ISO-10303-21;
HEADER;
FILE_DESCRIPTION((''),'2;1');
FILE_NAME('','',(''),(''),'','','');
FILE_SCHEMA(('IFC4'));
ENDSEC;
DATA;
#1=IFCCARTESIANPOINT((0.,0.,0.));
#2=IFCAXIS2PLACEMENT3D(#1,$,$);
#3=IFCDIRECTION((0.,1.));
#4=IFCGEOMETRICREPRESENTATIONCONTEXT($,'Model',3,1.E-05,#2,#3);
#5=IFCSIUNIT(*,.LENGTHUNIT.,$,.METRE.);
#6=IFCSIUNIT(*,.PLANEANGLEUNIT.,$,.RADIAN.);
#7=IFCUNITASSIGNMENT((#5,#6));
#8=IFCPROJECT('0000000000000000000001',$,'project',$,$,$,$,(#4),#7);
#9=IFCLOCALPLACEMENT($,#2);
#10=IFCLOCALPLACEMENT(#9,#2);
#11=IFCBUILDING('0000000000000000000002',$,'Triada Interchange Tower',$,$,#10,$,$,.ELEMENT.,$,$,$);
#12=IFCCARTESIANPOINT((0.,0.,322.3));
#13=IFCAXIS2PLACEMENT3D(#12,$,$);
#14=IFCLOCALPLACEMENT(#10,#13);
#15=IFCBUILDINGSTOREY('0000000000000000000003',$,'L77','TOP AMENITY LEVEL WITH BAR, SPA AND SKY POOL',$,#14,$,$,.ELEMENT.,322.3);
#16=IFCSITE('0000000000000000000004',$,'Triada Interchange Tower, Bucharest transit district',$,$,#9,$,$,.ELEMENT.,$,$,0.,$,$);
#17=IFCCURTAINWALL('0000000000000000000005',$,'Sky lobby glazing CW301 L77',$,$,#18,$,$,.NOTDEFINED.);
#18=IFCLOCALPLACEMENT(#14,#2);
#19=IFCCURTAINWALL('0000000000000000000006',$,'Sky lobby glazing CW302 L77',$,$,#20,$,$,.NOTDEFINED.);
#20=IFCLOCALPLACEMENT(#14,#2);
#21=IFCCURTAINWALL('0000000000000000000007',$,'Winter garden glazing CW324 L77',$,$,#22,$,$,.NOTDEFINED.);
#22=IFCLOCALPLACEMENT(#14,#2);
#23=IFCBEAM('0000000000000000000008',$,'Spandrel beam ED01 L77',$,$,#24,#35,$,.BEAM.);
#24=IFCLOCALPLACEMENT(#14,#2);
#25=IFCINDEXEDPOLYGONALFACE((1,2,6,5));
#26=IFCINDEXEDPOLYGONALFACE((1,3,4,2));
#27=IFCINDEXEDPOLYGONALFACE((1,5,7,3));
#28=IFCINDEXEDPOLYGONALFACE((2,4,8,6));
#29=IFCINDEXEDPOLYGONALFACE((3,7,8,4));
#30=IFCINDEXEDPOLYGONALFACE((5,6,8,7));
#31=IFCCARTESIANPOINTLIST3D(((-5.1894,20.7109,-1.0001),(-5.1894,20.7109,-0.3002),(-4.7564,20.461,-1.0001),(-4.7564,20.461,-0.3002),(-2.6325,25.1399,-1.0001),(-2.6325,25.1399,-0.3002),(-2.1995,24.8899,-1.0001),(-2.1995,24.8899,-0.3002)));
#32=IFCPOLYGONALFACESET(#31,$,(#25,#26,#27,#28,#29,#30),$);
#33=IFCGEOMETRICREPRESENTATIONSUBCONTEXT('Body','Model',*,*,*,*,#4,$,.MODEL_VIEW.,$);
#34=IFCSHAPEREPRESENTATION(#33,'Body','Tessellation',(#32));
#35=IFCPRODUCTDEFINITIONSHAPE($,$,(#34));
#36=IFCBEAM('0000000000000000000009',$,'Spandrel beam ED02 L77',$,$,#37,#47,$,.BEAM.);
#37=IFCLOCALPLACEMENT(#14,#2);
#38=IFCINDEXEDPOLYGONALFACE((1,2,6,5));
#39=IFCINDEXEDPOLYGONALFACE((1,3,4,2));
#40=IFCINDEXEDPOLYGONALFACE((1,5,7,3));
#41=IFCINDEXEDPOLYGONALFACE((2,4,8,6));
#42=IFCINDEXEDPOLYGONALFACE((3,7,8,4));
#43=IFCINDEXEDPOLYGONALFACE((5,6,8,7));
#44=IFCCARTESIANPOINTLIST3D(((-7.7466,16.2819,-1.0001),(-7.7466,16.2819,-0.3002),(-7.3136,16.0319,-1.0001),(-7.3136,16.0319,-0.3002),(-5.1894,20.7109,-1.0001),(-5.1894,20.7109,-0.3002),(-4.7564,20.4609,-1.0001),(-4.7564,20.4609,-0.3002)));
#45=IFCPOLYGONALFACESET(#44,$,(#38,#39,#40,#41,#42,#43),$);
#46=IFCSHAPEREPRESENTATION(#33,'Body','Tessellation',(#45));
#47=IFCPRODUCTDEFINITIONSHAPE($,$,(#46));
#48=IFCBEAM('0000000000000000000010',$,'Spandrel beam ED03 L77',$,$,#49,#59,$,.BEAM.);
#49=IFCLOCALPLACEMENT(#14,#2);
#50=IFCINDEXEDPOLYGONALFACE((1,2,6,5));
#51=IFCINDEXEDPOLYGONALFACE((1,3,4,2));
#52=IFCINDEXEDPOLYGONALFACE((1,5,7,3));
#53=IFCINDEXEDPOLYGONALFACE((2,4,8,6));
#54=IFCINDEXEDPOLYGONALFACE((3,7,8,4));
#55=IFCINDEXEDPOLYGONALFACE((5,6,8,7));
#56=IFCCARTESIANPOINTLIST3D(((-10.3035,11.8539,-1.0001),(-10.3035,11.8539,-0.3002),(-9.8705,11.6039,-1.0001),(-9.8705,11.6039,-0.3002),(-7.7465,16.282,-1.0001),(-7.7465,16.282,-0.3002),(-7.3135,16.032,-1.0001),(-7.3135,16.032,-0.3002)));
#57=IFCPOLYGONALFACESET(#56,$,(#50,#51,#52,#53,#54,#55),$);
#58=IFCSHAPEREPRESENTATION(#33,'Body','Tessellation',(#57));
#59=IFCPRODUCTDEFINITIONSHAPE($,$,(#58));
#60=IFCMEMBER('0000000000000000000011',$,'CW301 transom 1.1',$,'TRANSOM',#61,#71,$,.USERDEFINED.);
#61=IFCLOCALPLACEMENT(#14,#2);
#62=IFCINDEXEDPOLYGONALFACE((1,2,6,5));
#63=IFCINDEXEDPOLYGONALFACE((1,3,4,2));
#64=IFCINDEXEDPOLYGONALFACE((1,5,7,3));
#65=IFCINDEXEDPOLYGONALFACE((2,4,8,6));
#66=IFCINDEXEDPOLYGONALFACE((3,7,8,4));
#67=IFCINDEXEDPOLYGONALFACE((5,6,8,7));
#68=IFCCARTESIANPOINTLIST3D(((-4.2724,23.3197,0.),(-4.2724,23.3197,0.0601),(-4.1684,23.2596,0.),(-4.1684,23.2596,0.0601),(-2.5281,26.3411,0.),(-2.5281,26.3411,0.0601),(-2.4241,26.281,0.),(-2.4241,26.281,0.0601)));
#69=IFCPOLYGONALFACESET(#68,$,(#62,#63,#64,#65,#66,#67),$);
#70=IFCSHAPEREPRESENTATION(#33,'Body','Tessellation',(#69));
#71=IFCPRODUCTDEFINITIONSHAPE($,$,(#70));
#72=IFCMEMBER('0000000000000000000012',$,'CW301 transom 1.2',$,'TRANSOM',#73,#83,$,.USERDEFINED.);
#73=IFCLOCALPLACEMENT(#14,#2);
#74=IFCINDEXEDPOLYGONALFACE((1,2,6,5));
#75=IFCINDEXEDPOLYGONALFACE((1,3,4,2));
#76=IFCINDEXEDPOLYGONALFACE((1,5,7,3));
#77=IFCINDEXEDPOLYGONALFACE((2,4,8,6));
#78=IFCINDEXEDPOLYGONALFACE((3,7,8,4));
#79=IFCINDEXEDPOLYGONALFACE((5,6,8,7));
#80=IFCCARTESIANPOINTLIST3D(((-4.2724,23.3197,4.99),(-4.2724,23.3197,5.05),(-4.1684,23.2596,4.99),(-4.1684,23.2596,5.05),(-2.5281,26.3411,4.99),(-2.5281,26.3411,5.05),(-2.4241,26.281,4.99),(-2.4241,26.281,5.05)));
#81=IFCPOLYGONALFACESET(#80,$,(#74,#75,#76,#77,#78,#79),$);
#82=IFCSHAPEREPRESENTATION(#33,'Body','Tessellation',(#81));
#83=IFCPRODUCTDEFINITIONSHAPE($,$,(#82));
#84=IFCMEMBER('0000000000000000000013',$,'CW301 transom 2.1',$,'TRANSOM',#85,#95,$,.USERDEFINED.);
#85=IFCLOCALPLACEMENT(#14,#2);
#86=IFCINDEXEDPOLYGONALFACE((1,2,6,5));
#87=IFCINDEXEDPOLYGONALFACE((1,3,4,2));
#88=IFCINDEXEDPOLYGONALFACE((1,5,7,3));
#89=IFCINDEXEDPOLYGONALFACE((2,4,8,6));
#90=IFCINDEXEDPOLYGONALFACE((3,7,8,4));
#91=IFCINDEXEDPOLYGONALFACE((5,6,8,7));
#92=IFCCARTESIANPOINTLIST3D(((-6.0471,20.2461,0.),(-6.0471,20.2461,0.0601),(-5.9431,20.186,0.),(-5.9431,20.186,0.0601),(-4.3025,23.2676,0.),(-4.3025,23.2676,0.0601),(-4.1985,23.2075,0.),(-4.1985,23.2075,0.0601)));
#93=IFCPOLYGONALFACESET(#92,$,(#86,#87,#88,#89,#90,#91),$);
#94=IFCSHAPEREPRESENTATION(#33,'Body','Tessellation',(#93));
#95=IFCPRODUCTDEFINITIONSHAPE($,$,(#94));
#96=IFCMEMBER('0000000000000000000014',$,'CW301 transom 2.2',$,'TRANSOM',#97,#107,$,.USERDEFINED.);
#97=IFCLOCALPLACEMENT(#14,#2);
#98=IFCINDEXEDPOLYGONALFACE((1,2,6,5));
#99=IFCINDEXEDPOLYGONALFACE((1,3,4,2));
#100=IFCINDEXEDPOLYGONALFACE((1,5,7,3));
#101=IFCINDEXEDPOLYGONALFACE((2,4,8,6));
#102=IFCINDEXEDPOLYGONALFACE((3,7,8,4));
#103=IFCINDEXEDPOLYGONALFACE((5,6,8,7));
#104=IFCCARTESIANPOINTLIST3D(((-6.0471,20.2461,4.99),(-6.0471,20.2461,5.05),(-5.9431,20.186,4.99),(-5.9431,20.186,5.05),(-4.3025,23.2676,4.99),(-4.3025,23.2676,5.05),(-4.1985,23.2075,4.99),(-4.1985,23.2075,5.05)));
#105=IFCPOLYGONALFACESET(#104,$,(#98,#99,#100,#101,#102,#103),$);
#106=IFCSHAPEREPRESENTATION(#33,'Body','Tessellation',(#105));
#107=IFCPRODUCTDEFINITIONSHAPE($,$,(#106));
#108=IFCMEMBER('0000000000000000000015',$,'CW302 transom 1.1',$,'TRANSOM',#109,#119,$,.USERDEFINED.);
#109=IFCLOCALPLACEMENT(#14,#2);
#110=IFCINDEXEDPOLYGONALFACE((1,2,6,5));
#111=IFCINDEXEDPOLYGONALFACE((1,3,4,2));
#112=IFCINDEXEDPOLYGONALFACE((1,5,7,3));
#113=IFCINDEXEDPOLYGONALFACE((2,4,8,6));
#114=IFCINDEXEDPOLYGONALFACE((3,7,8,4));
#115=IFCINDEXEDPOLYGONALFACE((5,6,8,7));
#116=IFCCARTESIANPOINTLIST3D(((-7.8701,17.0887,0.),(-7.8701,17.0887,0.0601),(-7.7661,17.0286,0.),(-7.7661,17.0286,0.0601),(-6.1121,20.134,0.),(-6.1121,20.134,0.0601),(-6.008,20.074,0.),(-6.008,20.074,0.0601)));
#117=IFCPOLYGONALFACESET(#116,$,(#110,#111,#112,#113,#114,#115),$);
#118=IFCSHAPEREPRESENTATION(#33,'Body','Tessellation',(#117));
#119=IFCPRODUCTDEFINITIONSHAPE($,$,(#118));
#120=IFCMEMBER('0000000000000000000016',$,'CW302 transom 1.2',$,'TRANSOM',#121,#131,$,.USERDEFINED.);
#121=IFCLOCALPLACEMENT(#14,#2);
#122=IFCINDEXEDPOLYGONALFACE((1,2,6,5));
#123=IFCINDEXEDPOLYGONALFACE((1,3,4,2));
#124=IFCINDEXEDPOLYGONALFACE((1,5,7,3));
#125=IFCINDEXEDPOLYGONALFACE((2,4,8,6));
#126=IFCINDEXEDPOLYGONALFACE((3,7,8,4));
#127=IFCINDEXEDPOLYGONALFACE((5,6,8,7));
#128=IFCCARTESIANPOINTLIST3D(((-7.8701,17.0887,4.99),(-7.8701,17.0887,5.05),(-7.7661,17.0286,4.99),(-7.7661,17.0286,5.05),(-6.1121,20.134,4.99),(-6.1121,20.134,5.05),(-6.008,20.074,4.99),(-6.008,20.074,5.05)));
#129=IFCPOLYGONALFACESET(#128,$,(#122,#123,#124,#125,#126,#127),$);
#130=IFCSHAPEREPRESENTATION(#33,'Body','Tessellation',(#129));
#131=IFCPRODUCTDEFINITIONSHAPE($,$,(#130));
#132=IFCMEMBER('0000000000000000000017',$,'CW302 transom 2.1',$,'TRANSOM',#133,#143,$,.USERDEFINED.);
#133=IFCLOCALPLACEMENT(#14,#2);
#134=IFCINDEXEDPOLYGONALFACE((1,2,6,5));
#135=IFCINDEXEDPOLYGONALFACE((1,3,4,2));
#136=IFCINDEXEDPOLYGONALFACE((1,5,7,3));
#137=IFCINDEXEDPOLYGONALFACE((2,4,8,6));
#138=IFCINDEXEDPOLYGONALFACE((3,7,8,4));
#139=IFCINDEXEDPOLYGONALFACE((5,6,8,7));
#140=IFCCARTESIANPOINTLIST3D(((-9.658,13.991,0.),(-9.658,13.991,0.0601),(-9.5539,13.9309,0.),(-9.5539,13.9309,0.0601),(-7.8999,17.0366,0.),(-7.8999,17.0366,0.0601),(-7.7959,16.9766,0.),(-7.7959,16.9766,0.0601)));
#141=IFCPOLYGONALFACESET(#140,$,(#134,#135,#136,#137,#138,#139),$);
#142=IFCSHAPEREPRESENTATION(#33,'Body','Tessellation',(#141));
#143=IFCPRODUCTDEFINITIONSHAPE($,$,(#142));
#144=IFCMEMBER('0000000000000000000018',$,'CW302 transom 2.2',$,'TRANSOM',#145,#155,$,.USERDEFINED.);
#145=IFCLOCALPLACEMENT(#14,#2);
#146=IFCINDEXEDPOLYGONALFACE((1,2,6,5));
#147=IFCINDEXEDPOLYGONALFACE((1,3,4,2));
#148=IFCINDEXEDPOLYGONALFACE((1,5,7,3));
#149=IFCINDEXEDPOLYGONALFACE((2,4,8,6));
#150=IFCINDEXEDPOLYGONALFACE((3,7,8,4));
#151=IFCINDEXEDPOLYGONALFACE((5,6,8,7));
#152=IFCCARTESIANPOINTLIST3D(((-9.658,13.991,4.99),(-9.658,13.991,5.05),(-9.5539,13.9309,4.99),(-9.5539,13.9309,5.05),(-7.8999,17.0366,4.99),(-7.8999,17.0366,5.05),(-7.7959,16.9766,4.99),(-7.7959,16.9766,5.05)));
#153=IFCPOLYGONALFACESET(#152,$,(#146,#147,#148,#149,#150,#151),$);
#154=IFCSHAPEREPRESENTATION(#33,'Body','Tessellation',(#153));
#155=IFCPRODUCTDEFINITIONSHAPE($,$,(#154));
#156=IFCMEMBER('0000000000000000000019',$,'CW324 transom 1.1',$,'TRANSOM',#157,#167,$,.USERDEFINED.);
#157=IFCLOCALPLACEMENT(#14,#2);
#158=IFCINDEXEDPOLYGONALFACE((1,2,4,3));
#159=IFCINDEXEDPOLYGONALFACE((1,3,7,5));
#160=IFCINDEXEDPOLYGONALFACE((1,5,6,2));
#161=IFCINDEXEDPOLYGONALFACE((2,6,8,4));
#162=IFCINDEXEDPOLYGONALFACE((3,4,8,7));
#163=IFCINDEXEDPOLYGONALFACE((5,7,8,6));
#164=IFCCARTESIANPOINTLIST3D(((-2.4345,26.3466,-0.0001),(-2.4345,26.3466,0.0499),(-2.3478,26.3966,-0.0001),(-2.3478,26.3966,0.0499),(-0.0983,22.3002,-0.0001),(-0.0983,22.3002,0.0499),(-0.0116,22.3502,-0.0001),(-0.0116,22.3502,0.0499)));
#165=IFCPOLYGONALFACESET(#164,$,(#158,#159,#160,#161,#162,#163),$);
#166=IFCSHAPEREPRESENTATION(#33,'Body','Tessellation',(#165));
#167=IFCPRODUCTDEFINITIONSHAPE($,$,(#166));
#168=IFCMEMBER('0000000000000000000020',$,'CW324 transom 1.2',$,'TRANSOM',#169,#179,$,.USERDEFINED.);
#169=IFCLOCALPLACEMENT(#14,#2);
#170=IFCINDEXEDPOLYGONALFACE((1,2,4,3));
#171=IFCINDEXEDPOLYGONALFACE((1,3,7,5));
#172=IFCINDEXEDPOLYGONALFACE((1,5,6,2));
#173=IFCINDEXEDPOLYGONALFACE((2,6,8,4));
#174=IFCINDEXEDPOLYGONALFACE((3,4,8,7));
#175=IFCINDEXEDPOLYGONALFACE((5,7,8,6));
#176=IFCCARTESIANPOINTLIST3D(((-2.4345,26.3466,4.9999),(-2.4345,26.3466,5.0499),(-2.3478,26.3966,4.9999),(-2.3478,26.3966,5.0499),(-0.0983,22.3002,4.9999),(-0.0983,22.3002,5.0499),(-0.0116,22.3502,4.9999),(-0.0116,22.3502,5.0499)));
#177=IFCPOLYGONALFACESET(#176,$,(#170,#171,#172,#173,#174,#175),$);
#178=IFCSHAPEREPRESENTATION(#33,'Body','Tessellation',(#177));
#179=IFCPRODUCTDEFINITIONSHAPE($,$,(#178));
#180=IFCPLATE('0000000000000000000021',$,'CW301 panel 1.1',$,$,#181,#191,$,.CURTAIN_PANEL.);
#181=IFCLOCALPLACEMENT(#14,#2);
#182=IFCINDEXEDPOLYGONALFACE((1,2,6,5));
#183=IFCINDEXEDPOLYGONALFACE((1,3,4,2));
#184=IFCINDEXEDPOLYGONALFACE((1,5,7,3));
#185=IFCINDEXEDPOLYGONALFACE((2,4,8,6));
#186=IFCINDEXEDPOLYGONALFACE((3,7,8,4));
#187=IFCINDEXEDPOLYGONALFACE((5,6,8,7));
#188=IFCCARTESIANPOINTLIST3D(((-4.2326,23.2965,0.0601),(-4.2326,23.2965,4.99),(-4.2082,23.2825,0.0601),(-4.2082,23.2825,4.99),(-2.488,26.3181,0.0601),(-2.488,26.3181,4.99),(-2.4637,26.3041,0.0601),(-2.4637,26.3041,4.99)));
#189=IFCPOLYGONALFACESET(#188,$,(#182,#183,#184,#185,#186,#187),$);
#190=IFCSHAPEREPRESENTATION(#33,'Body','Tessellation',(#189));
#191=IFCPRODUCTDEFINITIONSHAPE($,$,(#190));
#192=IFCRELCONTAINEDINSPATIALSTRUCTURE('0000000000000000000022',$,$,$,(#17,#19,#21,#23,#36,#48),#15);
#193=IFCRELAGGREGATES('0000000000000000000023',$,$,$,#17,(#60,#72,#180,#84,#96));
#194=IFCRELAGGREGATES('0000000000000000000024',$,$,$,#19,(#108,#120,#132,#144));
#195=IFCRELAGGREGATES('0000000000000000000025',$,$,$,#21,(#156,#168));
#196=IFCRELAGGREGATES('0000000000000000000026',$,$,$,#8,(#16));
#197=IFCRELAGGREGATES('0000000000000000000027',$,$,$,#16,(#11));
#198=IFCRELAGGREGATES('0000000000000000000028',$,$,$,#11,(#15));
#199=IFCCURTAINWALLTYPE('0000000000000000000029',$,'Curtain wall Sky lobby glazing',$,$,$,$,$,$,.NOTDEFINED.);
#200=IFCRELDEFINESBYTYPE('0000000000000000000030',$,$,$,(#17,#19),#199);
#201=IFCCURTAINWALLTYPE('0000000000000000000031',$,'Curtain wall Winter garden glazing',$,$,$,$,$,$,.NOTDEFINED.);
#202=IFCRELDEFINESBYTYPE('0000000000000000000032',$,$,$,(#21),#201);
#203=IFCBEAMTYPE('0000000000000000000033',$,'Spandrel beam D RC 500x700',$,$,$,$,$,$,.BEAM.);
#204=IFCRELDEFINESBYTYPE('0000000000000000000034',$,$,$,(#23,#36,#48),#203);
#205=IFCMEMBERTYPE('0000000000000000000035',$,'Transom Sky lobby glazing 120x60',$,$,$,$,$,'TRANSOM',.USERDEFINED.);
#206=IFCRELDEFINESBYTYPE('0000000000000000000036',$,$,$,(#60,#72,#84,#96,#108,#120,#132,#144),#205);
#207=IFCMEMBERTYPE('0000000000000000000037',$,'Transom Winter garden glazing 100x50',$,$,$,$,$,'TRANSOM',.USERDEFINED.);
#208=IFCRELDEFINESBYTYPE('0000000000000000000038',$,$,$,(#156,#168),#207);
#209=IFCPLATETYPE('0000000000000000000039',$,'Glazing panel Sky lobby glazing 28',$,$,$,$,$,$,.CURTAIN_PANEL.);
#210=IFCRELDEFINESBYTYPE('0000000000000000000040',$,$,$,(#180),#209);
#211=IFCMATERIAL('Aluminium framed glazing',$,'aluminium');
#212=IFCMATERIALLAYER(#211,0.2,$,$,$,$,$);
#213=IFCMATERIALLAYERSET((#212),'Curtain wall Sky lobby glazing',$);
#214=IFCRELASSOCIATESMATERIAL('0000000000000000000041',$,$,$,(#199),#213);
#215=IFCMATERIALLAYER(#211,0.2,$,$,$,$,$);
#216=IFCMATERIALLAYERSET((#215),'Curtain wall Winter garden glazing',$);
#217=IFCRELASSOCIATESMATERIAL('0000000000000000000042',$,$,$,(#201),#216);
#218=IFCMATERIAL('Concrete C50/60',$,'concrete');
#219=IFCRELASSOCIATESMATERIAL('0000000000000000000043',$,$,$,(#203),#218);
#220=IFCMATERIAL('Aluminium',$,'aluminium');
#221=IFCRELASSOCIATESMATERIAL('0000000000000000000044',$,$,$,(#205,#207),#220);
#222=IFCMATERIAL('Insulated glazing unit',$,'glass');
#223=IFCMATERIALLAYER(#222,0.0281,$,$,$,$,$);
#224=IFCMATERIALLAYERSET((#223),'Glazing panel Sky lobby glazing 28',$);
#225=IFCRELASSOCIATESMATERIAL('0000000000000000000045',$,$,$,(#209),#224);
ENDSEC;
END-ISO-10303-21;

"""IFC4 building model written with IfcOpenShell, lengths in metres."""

from ifc_helpers import new_model, si_unit, direction, frame, origin, origin_2d, place, context, subcontext, project, spatial, rectangle, extrude, material, layer, layer_set, material_profile, profile_set, type_object, element, aggregate, save


model = new_model("IFC4")

# Units and contexts
model_context = context("Model", 3, precision=1e-05, world=origin(), true_north=direction((0.0, 1.0)))
body_context = subcontext(model_context, "Body", "Model", "MODEL_VIEW")
ifc_project = project(units=[si_unit("LENGTHUNIT", "METRE"), si_unit("PLANEANGLEUNIT", "RADIAN")], contexts=[model_context])

# Site, building, storey
site_placement = place(None, origin())
site = spatial("IfcSite", under=ifc_project, at=site_placement, Name="Triada Interchange Tower, Bucharest transit district", CompositionType="ELEMENT", RefElevation=0.0)
building_placement = place(site_placement, origin())
building = spatial("IfcBuilding", under=site, at=building_placement, Name="Triada Interchange Tower", CompositionType="ELEMENT")
storey_placement = place(building_placement, frame((0.0, 0.0, 322.3)))
storey = spatial("IfcBuildingStorey", under=building, at=storey_placement, Name="L77", Description="TOP AMENITY LEVEL WITH BAR, SPA AND SKY POOL", CompositionType="ELEMENT", Elevation=322.3)

# Curtain walls
ifc_material_1 = material(Name="Aluminium framed glazing", Category="aluminium")
ifc_layer_1 = layer(ifc_material_1, 0.2)
ifc_layer_set_1 = layer_set([ifc_layer_1], Name="Curtain wall Sky lobby glazing")
curtain_wall_type_1 = type_object("IfcCurtainWallType", Name="Curtain wall Sky lobby glazing", PredefinedType="NOTDEFINED", material=ifc_layer_set_1)
curtain_wall_1_placement = place(storey_placement, origin())
curtain_wall_1 = element("IfcCurtainWall", 1, at=curtain_wall_1_placement, inside=storey, type_object=curtain_wall_type_1, Name="Sky lobby glazing CW301 L77", PredefinedType="NOTDEFINED")
ifc_material_2 = material(Name="Aluminium", Category="aluminium")
curtain_wall_2_placement = place(storey_placement, origin())
curtain_wall_2 = element("IfcCurtainWall", 2, at=curtain_wall_2_placement, inside=storey, type_object=curtain_wall_type_1, Name="Sky lobby glazing CW302 L77", PredefinedType="NOTDEFINED")
ifc_layer_2 = layer(ifc_material_1, 0.2)
ifc_layer_set_2 = layer_set([ifc_layer_2], Name="Curtain wall Winter garden glazing")
curtain_wall_type_2 = type_object("IfcCurtainWallType", Name="Curtain wall Winter garden glazing", PredefinedType="NOTDEFINED", material=ifc_layer_set_2)
curtain_wall_3_placement = place(storey_placement, origin())
curtain_wall_3 = element("IfcCurtainWall", 3, at=curtain_wall_3_placement, inside=storey, type_object=curtain_wall_type_2, Name="Winter garden glazing CW324 L77", PredefinedType="NOTDEFINED")

# Beams
ifc_material_3 = material(Name="Concrete C50/60", Category="concrete")
ifc_material_profile_1 = material_profile(ifc_material_3, rectangle(XDim=0.5, YDim=0.7, at=origin_2d()), Name="RC 500x700")
ifc_profile_set_1 = profile_set([ifc_material_profile_1], Name="Concrete C50/60")
beam_type_1 = type_object("IfcBeamType", Name="Spandrel beam D RC 500x700", PredefinedType="BEAM", material=ifc_profile_set_1)
beam_1_placement = place(storey_placement, frame((-2.416, 25.0149, -0.6501), z_axis=(-0.499975, -0.86604, 0.0), x_axis=(0.86604, -0.499975, 0.0)))
element("IfcBeam", 4, at=beam_1_placement, inside=storey, type_object=beam_type_1, Name="Spandrel beam ED01 L77", PredefinedType="BEAM", context=body_context, shape_type="SweptSolid", body=[
    extrude(rectangle(XDim=0.5, YDim=0.7, at=origin_2d()), origin(), (0.0, 0.0, 1.0), 5.114),
])
beam_2_placement = place(storey_placement, frame((-4.9729, 20.5859, -0.6501), z_axis=(-0.50001, -0.866019, 0.0), x_axis=(0.866019, -0.50001, 0.0)))
element("IfcBeam", 5, at=beam_2_placement, inside=storey, type_object=beam_type_1, Name="Spandrel beam ED02 L77", PredefinedType="BEAM", context=body_context, shape_type="SweptSolid", body=[
    extrude(rectangle(XDim=0.5, YDim=0.7, at=origin_2d()), origin(), (0.0, 0.0, 1.0), 5.1143),
])
beam_3_placement = place(storey_placement, frame((-7.53, 16.157, -0.6501), z_axis=(-0.500057, -0.865992, 0.0), x_axis=(0.865992, -0.500057, 0.0)))
element("IfcBeam", 6, at=beam_3_placement, inside=storey, type_object=beam_type_1, Name="Spandrel beam ED03 L77", PredefinedType="BEAM", context=body_context, shape_type="SweptSolid", body=[
    extrude(rectangle(XDim=0.5, YDim=0.7, at=origin_2d()), origin(), (0.0, 0.0, 1.0), 5.1133),
])

# Members
ifc_material_profile_2 = material_profile(ifc_material_2, rectangle(XDim=0.1201, YDim=0.0601, at=origin_2d()), Name="Aluminium transom")
ifc_profile_set_2 = profile_set([ifc_material_profile_2], Name="Aluminium")
member_type_1 = type_object("IfcMemberType", Name="Transom Sky lobby glazing 120x60", ElementType="TRANSOM", PredefinedType="USERDEFINED", material=ifc_profile_set_2)
member_1_placement = place(storey_placement, frame((-2.4761, 26.311, 0.03), z_axis=(-0.499985, -0.866034, 0.0), x_axis=(0.866034, -0.499985, 0.0)))
member_1 = element("IfcMember", 7, at=member_1_placement, type_object=member_type_1, Name="CW301 transom 1.1", ObjectType="TRANSOM", PredefinedType="USERDEFINED", context=body_context, shape_type="SweptSolid", body=[
    extrude(rectangle(XDim=0.1201, YDim=0.0601, at=origin_2d()), origin(), (0.0, 0.0, 1.0), 3.4888),
])
member_2_placement = place(storey_placement, frame((-2.4761, 26.311, 5.02), z_axis=(-0.499985, -0.866034, 0.0), x_axis=(0.866034, -0.499985, 0.0)))
member_2 = element("IfcMember", 8, at=member_2_placement, type_object=member_type_1, Name="CW301 transom 1.2", ObjectType="TRANSOM", PredefinedType="USERDEFINED", context=body_context, shape_type="SweptSolid", body=[
    extrude(rectangle(XDim=0.1201, YDim=0.0601, at=origin_2d()), origin(), (0.0, 0.0, 1.0), 3.4888),
])
member_3_placement = place(storey_placement, frame((-4.2505, 23.2375, 0.03), z_axis=(-0.500037, -0.866004, 0.0), x_axis=(0.866004, -0.500037, 0.0)))
member_3 = element("IfcMember", 9, at=member_3_placement, type_object=member_type_1, Name="CW301 transom 2.1", ObjectType="TRANSOM", PredefinedType="USERDEFINED", context=body_context, shape_type="SweptSolid", body=[
    extrude(rectangle(XDim=0.1201, YDim=0.0601, at=origin_2d()), origin(), (0.0, 0.0, 1.0), 3.489),
])
member_4_placement = place(storey_placement, frame((-4.2505, 23.2375, 5.02), z_axis=(-0.500037, -0.866004, 0.0), x_axis=(0.866004, -0.500037, 0.0)))
member_4 = element("IfcMember", 10, at=member_4_placement, type_object=member_type_1, Name="CW301 transom 2.2", ObjectType="TRANSOM", PredefinedType="USERDEFINED", context=body_context, shape_type="SweptSolid", body=[
    extrude(rectangle(XDim=0.1201, YDim=0.0601, at=origin_2d()), origin(), (0.0, 0.0, 1.0), 3.489),
])
member_5_placement = place(storey_placement, frame((-6.0601, 20.104, 0.03), z_axis=(-0.499955, -0.866051, 0.0), x_axis=(0.866051, -0.499955, 0.0)))
member_5 = element("IfcMember", 11, at=member_5_placement, type_object=member_type_1, Name="CW302 transom 1.1", ObjectType="TRANSOM", PredefinedType="USERDEFINED", context=body_context, shape_type="SweptSolid", body=[
    extrude(rectangle(XDim=0.1201, YDim=0.0601, at=origin_2d()), origin(), (0.0, 0.0, 1.0), 3.5164),
])
member_6_placement = place(storey_placement, frame((-6.0601, 20.104, 5.02), z_axis=(-0.499955, -0.866051, 0.0), x_axis=(0.866051, -0.499955, 0.0)))
member_6 = element("IfcMember", 12, at=member_6_placement, type_object=member_type_1, Name="CW302 transom 1.2", ObjectType="TRANSOM", PredefinedType="USERDEFINED", context=body_context, shape_type="SweptSolid", body=[
    extrude(rectangle(XDim=0.1201, YDim=0.0601, at=origin_2d()), origin(), (0.0, 0.0, 1.0), 3.5164),
])
member_7_placement = place(storey_placement, frame((-7.8479, 17.0066, 0.03), z_axis=(-0.499925, -0.866069, 0.0), x_axis=(0.866069, -0.499925, 0.0)))
member_7 = element("IfcMember", 13, at=member_7_placement, type_object=member_type_1, Name="CW302 transom 2.1", ObjectType="TRANSOM", PredefinedType="USERDEFINED", context=body_context, shape_type="SweptSolid", body=[
    extrude(rectangle(XDim=0.1201, YDim=0.0601, at=origin_2d()), origin(), (0.0, 0.0, 1.0), 3.5166),
])
member_8_placement = place(storey_placement, frame((-7.8479, 17.0066, 5.02), z_axis=(-0.499925, -0.866069, 0.0), x_axis=(0.866069, -0.499925, 0.0)))
member_8 = element("IfcMember", 14, at=member_8_placement, type_object=member_type_1, Name="CW302 transom 2.2", ObjectType="TRANSOM", PredefinedType="USERDEFINED", context=body_context, shape_type="SweptSolid", body=[
    extrude(rectangle(XDim=0.1201, YDim=0.0601, at=origin_2d()), origin(), (0.0, 0.0, 1.0), 3.5166),
])
ifc_material_profile_3 = material_profile(ifc_material_2, rectangle(XDim=0.1001, YDim=0.05, at=origin_2d()), Name="Aluminium transom")
ifc_profile_set_3 = profile_set([ifc_material_profile_3], Name="Aluminium")
member_type_2 = type_object("IfcMemberType", Name="Transom Winter garden glazing 100x50", ElementType="TRANSOM", PredefinedType="USERDEFINED", material=ifc_profile_set_3)
member_9_placement = place(storey_placement, frame((-0.0549, 22.3252, 0.0249), z_axis=(-0.5, 0.866025, 0.0), x_axis=(-0.866025, -0.5, 0.0)))
member_9 = element("IfcMember", 15, at=member_9_placement, type_object=member_type_2, Name="CW324 transom 1.1", ObjectType="TRANSOM", PredefinedType="USERDEFINED", context=body_context, shape_type="SweptSolid", body=[
    extrude(rectangle(XDim=0.1001, YDim=0.05, at=origin_2d()), origin(), (0.0, 0.0, 1.0), 4.6724),
])
member_10_placement = place(storey_placement, frame((-0.0549, 22.3252, 5.0249), z_axis=(-0.5, 0.866025, 0.0), x_axis=(-0.866025, -0.5, 0.0)))
member_10 = element("IfcMember", 16, at=member_10_placement, type_object=member_type_2, Name="CW324 transom 1.2", ObjectType="TRANSOM", PredefinedType="USERDEFINED", context=body_context, shape_type="SweptSolid", body=[
    extrude(rectangle(XDim=0.1001, YDim=0.05, at=origin_2d()), origin(), (0.0, 0.0, 1.0), 4.6724),
])

# Plate
ifc_material_4 = material(Name="Insulated glazing unit", Category="glass")
ifc_layer_3 = layer(ifc_material_4, 0.0281)
ifc_layer_set_3 = layer_set([ifc_layer_3], Name="Glazing panel Sky lobby glazing 28")
plate_type_1 = type_object("IfcPlateType", Name="Glazing panel Sky lobby glazing 28", PredefinedType="CURTAIN_PANEL", material=ifc_layer_set_3)
plate_1_placement = place(storey_placement, frame((-3.3481, 24.8003, 0.0601), z_axis=(0.0, 0.0, 1.0), x_axis=(-0.500001, -0.866025, 0.0)))
plate_1 = element("IfcPlate", 17, at=plate_1_placement, type_object=plate_type_1, Name="CW301 panel 1.1", PredefinedType="CURTAIN_PANEL", context=body_context, shape_type="SweptSolid", body=[
    extrude(rectangle(XDim=3.489, YDim=0.0281, at=origin_2d()), origin(), (0.0, 0.0, 1.0), 4.9299),
])
aggregate(curtain_wall_1, [member_1, member_2, plate_1, member_3, member_4])
aggregate(curtain_wall_2, [member_5, member_6, member_7, member_8])
aggregate(curtain_wall_3, [member_9, member_10])

save(model, "model.ifc")
